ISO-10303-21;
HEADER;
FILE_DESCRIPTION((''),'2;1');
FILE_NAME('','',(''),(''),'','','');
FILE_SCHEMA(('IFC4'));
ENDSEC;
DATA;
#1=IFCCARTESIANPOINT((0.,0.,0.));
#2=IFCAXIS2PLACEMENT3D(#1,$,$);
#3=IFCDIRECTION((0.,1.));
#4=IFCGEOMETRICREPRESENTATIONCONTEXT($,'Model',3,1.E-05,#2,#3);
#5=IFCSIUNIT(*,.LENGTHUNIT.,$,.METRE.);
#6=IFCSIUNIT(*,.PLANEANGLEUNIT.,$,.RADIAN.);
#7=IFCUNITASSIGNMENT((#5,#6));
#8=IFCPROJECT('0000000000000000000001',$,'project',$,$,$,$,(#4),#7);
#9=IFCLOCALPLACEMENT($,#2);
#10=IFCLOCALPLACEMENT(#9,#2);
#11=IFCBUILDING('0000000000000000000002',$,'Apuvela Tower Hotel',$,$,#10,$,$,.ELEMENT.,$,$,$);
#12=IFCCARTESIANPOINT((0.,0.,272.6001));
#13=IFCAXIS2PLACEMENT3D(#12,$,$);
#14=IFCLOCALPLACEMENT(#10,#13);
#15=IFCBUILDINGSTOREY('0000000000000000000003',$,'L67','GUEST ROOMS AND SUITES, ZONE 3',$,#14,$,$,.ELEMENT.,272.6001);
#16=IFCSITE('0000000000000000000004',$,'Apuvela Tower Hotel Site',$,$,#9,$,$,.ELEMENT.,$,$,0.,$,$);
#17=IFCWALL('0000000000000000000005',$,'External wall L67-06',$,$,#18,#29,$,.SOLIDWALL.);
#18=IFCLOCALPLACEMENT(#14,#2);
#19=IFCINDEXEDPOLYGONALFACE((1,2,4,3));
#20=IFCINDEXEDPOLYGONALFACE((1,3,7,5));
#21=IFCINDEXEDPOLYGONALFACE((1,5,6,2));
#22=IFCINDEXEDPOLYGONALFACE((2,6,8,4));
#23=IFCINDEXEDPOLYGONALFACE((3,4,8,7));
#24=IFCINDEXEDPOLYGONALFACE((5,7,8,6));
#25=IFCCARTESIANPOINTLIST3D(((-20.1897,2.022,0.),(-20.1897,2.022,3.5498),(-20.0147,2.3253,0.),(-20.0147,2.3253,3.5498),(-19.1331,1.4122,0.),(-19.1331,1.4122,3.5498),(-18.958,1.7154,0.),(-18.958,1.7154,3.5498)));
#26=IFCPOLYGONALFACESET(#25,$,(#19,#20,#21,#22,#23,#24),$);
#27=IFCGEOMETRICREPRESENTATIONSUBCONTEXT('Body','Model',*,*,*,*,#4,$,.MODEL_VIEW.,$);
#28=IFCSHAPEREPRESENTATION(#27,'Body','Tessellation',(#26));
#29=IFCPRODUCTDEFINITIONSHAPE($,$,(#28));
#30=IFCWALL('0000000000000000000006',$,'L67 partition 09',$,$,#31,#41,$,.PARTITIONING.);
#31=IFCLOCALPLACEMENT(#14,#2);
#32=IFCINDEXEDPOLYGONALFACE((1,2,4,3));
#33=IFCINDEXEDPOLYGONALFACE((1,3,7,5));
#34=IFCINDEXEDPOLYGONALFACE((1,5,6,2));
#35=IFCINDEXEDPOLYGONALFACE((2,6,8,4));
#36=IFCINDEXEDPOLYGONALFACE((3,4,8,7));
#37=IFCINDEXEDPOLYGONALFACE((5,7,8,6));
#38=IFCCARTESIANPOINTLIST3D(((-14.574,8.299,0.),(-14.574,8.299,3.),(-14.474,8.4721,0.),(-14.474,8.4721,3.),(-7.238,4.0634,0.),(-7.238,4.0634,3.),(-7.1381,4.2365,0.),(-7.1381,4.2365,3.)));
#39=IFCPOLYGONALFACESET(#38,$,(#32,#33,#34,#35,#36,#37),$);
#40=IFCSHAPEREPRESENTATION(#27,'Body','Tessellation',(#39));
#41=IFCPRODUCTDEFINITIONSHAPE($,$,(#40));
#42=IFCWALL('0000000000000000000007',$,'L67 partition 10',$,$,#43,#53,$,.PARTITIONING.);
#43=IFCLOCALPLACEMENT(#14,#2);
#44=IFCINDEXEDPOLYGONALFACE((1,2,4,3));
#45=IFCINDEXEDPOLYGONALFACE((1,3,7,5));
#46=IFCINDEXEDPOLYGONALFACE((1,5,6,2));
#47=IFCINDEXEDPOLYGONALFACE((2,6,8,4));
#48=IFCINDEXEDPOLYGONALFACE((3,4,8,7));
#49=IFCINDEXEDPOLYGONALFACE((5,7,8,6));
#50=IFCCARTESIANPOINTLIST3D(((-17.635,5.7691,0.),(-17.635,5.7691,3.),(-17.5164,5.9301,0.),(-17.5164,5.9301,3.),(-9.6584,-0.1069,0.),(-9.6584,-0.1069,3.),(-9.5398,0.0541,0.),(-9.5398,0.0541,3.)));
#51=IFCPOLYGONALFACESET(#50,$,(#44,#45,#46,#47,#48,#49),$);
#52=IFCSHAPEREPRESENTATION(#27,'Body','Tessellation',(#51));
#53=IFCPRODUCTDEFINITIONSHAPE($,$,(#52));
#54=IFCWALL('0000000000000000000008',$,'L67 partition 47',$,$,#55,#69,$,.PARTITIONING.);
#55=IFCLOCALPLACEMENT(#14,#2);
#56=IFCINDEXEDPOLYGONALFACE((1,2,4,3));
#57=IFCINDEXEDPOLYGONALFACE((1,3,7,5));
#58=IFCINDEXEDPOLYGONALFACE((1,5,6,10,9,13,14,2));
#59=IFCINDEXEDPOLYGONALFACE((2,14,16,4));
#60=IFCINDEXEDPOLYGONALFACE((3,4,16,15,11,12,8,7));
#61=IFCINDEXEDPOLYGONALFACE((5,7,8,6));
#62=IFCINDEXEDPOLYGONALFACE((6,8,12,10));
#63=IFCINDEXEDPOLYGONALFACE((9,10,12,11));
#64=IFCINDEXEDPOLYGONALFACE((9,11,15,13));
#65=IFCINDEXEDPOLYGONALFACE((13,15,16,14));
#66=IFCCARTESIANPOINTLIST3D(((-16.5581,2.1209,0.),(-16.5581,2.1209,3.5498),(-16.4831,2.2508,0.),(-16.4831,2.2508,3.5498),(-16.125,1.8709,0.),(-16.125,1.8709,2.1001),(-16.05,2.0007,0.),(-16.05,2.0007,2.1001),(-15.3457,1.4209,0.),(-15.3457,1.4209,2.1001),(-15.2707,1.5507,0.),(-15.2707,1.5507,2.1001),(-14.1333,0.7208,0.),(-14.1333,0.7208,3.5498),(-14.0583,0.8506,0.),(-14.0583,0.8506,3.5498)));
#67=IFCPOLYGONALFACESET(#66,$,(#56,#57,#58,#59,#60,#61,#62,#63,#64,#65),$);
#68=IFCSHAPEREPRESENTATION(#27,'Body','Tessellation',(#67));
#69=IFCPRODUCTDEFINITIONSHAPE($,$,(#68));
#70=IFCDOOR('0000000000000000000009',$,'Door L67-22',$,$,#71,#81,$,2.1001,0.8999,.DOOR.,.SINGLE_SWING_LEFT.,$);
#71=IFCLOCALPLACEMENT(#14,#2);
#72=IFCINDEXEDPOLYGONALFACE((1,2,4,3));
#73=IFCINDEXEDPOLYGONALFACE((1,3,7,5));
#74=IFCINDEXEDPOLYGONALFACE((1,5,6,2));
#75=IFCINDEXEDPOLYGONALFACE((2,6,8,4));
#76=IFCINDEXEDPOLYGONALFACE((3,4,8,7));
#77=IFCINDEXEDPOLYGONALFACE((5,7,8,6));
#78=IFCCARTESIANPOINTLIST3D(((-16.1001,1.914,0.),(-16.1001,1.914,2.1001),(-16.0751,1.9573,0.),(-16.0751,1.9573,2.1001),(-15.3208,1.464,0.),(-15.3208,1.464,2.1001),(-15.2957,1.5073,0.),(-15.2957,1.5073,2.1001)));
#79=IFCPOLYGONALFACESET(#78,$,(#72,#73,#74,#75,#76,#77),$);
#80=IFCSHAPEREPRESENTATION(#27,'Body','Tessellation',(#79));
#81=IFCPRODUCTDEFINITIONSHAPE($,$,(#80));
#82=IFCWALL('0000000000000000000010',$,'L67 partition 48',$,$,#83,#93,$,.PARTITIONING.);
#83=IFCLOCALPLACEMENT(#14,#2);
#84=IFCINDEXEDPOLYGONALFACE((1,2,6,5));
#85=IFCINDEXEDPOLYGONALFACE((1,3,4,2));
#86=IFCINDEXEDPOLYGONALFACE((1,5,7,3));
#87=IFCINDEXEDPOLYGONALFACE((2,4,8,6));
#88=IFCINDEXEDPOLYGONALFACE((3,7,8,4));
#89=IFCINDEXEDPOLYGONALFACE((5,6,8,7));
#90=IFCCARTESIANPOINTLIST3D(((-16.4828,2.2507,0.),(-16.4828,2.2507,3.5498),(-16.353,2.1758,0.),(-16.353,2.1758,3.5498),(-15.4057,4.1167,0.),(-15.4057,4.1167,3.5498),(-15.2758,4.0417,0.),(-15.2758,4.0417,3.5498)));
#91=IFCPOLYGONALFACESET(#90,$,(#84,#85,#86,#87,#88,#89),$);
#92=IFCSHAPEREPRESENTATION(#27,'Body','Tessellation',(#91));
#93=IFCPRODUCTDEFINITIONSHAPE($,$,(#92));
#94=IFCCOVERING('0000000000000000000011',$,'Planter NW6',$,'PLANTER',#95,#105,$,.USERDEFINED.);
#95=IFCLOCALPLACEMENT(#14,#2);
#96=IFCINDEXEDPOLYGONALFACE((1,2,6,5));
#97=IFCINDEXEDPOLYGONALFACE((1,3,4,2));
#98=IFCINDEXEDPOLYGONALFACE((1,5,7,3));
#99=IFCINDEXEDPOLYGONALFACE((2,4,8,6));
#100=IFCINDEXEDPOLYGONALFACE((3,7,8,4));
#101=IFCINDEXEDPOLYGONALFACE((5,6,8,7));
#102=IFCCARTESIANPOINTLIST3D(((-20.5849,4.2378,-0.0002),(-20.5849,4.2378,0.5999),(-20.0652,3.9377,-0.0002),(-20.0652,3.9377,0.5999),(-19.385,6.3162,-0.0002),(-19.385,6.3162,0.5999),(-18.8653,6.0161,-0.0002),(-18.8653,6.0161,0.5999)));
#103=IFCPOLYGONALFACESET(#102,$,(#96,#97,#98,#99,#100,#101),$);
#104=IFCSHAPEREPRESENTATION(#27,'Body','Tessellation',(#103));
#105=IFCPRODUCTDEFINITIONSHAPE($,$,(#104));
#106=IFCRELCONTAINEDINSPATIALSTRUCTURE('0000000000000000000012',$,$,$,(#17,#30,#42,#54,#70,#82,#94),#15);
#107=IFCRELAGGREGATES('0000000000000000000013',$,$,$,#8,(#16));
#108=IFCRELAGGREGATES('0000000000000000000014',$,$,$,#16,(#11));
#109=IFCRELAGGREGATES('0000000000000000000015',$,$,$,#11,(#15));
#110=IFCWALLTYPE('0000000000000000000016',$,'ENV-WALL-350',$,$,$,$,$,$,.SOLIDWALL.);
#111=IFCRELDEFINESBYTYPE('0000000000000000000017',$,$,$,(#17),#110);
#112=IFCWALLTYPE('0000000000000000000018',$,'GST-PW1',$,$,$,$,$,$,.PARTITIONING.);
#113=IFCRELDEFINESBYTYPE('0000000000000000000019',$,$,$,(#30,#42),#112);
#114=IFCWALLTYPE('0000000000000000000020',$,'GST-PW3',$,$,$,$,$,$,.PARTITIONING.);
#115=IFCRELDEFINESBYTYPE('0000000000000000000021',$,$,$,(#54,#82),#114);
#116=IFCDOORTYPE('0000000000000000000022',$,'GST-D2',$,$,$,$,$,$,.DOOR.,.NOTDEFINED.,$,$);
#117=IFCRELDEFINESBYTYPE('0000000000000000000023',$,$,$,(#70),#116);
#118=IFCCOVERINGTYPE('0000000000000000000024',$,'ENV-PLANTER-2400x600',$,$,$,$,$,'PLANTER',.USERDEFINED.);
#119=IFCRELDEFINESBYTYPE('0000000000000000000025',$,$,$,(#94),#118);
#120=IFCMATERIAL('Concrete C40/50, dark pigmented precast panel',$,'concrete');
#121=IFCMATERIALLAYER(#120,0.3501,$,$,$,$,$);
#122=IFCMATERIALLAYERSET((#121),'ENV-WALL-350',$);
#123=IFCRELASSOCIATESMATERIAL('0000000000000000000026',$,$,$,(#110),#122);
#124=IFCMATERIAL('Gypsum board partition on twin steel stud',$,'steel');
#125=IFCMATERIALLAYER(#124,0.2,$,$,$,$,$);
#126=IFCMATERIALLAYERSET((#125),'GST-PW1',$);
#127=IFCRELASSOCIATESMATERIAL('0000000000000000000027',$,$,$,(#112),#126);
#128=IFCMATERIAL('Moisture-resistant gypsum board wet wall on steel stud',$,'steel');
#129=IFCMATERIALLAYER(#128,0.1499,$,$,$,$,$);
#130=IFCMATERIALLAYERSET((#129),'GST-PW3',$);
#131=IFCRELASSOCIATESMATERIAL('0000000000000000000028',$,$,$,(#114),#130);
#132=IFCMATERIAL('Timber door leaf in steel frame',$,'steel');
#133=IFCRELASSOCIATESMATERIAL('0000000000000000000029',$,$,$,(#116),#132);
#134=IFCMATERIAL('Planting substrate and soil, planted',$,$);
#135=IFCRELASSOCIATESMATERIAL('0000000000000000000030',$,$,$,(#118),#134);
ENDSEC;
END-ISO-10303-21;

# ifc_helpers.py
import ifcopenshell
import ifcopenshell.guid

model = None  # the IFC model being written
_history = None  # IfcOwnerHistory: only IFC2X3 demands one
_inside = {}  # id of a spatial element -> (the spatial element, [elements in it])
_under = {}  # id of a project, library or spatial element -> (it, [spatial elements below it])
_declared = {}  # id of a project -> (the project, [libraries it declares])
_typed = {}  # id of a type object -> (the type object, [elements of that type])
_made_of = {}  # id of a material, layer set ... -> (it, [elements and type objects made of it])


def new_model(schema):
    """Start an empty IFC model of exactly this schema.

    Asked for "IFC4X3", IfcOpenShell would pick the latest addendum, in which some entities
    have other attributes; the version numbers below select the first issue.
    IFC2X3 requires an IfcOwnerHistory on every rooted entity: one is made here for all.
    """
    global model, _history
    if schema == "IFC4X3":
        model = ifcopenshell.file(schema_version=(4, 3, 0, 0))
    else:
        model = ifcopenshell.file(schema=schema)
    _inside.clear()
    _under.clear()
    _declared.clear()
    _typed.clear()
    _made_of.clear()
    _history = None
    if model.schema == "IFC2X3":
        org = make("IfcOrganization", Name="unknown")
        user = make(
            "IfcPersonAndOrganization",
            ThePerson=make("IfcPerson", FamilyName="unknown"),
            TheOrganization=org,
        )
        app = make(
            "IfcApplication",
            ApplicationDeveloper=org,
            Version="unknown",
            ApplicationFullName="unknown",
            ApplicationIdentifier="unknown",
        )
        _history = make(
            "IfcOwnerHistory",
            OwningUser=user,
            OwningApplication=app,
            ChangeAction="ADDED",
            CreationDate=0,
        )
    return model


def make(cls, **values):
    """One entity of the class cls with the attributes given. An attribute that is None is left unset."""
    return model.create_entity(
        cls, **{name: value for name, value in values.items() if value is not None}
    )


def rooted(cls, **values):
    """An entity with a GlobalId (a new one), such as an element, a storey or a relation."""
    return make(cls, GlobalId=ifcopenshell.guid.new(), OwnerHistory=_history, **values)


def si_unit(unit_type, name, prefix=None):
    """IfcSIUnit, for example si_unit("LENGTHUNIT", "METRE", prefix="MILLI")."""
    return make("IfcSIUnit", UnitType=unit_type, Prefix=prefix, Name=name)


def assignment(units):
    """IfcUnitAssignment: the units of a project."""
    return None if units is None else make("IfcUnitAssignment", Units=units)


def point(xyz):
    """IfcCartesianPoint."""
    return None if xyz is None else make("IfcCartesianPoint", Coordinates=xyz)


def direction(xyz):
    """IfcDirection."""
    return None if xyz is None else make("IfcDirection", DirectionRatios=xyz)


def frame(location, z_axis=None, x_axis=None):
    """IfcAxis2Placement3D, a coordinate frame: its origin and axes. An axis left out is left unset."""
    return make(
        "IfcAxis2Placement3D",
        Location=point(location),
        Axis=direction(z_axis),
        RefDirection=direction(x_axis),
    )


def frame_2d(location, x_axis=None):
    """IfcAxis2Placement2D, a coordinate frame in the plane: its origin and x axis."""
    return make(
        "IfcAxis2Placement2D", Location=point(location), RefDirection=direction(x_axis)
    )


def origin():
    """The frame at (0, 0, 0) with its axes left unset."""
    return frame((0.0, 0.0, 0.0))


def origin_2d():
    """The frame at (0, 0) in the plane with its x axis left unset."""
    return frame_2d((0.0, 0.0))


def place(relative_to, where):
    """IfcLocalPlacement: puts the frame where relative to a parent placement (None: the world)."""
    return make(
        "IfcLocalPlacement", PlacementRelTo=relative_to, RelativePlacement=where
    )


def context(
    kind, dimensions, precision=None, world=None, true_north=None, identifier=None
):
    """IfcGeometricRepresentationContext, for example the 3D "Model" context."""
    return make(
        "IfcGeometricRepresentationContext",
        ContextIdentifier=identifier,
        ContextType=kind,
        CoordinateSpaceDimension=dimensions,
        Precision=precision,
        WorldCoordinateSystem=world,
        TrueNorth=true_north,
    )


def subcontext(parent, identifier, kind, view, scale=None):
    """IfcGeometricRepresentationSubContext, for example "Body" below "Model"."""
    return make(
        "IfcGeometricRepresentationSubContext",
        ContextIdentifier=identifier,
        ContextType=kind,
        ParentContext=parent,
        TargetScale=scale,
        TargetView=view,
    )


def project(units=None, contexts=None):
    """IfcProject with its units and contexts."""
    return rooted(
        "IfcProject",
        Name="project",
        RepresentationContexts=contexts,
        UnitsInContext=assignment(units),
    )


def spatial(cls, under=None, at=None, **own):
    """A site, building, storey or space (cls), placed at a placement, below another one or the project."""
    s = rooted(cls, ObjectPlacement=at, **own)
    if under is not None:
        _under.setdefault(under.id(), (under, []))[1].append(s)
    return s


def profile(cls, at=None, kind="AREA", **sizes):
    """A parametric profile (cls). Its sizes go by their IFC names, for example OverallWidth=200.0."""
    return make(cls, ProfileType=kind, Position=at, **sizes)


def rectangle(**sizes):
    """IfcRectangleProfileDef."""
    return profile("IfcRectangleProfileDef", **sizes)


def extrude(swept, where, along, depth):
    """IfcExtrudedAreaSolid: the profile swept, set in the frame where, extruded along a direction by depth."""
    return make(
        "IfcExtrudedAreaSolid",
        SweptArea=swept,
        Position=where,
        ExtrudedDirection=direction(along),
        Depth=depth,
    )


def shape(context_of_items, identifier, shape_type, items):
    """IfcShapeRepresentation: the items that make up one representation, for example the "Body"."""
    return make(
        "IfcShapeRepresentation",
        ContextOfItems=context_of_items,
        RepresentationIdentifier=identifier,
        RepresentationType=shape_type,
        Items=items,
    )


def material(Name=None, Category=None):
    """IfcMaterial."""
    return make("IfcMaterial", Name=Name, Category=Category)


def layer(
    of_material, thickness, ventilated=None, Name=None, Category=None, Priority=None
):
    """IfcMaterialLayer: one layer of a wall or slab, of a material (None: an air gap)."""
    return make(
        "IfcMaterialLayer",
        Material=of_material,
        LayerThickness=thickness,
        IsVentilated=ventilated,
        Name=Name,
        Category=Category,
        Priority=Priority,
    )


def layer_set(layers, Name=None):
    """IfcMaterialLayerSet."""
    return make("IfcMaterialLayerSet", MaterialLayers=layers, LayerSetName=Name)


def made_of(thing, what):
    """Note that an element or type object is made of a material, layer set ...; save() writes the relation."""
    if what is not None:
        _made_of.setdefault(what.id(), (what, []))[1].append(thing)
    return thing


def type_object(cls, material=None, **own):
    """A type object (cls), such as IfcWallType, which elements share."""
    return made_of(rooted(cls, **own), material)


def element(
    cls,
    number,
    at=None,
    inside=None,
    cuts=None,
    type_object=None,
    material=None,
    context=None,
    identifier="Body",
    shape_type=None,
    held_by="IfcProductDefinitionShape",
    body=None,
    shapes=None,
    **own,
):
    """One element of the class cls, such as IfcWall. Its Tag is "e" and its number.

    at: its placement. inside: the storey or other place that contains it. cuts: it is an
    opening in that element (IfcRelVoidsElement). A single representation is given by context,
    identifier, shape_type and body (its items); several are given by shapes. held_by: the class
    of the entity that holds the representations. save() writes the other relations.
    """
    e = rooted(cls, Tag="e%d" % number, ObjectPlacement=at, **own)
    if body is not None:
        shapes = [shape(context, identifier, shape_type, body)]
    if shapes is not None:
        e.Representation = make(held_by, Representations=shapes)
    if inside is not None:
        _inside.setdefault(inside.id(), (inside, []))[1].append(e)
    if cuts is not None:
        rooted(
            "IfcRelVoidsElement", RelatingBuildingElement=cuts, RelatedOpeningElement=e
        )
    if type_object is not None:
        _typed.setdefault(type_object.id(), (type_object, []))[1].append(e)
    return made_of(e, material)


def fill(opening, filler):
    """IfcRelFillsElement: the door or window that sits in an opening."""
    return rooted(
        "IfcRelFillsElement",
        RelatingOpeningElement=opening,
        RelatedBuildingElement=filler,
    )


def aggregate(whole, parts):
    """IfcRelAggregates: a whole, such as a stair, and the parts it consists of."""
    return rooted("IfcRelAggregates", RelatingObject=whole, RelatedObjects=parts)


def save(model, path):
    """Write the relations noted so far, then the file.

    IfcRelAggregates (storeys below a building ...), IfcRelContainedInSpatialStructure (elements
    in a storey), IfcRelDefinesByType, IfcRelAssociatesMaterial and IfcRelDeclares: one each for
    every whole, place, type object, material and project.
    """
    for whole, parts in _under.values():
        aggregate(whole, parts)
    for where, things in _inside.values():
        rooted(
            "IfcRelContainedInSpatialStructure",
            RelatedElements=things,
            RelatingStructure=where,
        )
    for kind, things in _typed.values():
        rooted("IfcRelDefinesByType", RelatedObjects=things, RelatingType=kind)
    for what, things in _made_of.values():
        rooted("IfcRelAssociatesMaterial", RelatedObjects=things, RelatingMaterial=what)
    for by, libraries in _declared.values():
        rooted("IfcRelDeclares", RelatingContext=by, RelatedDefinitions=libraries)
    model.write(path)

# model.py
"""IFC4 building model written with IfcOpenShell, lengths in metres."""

from ifc_helpers import new_model, si_unit, direction, frame, frame_2d, origin, origin_2d, place, context, subcontext, project, spatial, rectangle, extrude, material, layer, layer_set, type_object, element, fill, save


model = new_model("IFC4")

# Units and contexts
model_context = context("Model", 3, precision=1e-05, world=origin(), true_north=direction((0.0, 1.0)))
body_context = subcontext(model_context, "Body", "Model", "MODEL_VIEW")
ifc_project = project(units=[si_unit("LENGTHUNIT", "METRE"), si_unit("PLANEANGLEUNIT", "RADIAN")], contexts=[model_context])

# Site, building, storey
site_placement = place(None, origin())
site = spatial("IfcSite", under=ifc_project, at=site_placement, Name="Apuvela Tower Hotel Site", CompositionType="ELEMENT", RefElevation=0.0)
building_placement = place(site_placement, origin())
building = spatial("IfcBuilding", under=site, at=building_placement, Name="Apuvela Tower Hotel", CompositionType="ELEMENT")
storey_placement = place(building_placement, frame((0.0, 0.0, 272.6001)))
storey = spatial("IfcBuildingStorey", under=building, at=storey_placement, Name="L67", Description="GUEST ROOMS AND SUITES, ZONE 3", CompositionType="ELEMENT", Elevation=272.6001)

# Shared definitions
ifc_material_1 = material(Name="Concrete C40/50, dark pigmented precast panel", Category="concrete")
ifc_layer_1 = layer(ifc_material_1, 0.3501)
ifc_layer_set_1 = layer_set([ifc_layer_1], Name="ENV-WALL-350")
wall_type_1 = type_object("IfcWallType", Name="ENV-WALL-350", PredefinedType="SOLIDWALL", material=ifc_layer_set_1)

# Wall
wall_1_placement = place(storey_placement, frame((-20.1021, 2.1736, 0.0), z_axis=(0.0, 0.0, 1.0), x_axis=(0.866092, -0.499884, 0.0)))
element("IfcWall", 1, at=wall_1_placement, inside=storey, type_object=wall_type_1, Name="External wall L67-06", PredefinedType="SOLIDWALL", context=body_context, shape_type="SweptSolid", body=[
    extrude(rectangle(XDim=1.22, YDim=0.3501, at=frame_2d((0.6099, 0.0))), origin(), (0.0, 0.0, 1.0), 3.5498),
])

# Walls
ifc_material_2 = material(Name="Gypsum board partition on twin steel stud", Category="steel")
ifc_layer_2 = layer(ifc_material_2, 0.2)
ifc_layer_set_2 = layer_set([ifc_layer_2], Name="GST-PW1")
wall_type_2 = type_object("IfcWallType", Name="GST-PW1", PredefinedType="PARTITIONING", material=ifc_layer_set_2)
wall_2_placement = place(storey_placement, frame((-14.5239, 8.3855, 0.0), z_axis=(0.0, 0.0, 1.0), x_axis=(0.866016, -0.500017, 0.0)))
element("IfcWall", 2, at=wall_2_placement, inside=storey, type_object=wall_type_2, Name="L67 partition 09", PredefinedType="PARTITIONING", context=body_context, shape_type="SweptSolid", body=[
    extrude(rectangle(XDim=8.4709, YDim=0.2, at=frame_2d((4.2354, 0.0))), origin(), (0.0, 0.0, 1.0), 3.0),
])
wall_3_placement = place(storey_placement, frame((-17.5757, 5.8496, 0.0), z_axis=(0.0, 0.0, 1.0), x_axis=(0.805128, -0.593102, 0.0)))
element("IfcWall", 3, at=wall_3_placement, inside=storey, type_object=wall_type_2, Name="L67 partition 10", PredefinedType="PARTITIONING", context=body_context, shape_type="SweptSolid", body=[
    extrude(rectangle(XDim=9.9072, YDim=0.2, at=frame_2d((4.9536, 0.0))), origin(), (0.0, 0.0, 1.0), 3.0),
])

# Wall, opening, door
ifc_material_3 = material(Name="Moisture-resistant gypsum board wet wall on steel stud", Category="steel")
ifc_layer_3 = layer(ifc_material_3, 0.1499)
ifc_layer_set_3 = layer_set([ifc_layer_3], Name="GST-PW3")
wall_type_3 = type_object("IfcWallType", Name="GST-PW3", PredefinedType="PARTITIONING", material=ifc_layer_set_3)
wall_4_placement = place(storey_placement, frame((-16.5205, 2.1858, 0.0), z_axis=(0.0, 0.0, 1.0), x_axis=(0.865997, -0.50005, 0.0)))
wall_4 = element("IfcWall", 4, at=wall_4_placement, inside=storey, type_object=wall_type_3, Name="L67 partition 47", PredefinedType="PARTITIONING", context=body_context, shape_type="SweptSolid", body=[
    extrude(rectangle(XDim=2.8, YDim=0.1499, at=frame_2d((1.3999, 0.0))), origin(), (0.0, 0.0, 1.0), 3.5498),
])
opening_1_placement = place(wall_4_placement, frame((0.5, 0.0, 0.0)))
opening_1 = element("IfcOpeningElement", 5, at=opening_1_placement, cuts=wall_4, PredefinedType="OPENING", context=body_context, shape_type="SweptSolid", body=[
    extrude(rectangle(XDim=0.8999, YDim=2.1001, at=frame_2d((0.45, 1.05))), frame((0.0, 0.085, 0.0), z_axis=(0.0, -1.0, 0.0), x_axis=(1.0, 0.0, 0.0)), (0.0, 0.0, 1.0), 0.1699),
])
ifc_material_4 = material(Name="Timber door leaf in steel frame", Category="steel")
door_type_1 = type_object("IfcDoorType", Name="GST-D2", OperationType="NOTDEFINED", PredefinedType="DOOR", material=ifc_material_4)
door_1_placement = place(opening_1_placement, origin())
door_1 = element("IfcDoor", 6, at=door_1_placement, inside=storey, type_object=door_type_1, Name="Door L67-22", OperationType="SINGLE_SWING_LEFT", OverallHeight=2.1001, OverallWidth=0.8999, PredefinedType="DOOR", context=body_context, shape_type="SweptSolid", body=[
    extrude(rectangle(XDim=0.8999, YDim=2.1001, at=frame_2d((0.45, 1.05))), frame((0.0, 0.0249, 0.0), z_axis=(0.0, -1.0, 0.0), x_axis=(1.0, 0.0, 0.0)), (0.0, 0.0, 1.0), 0.05),
])
fill(opening_1, door_1)

# Wall
wall_5_placement = place(storey_placement, frame((-15.3408, 4.0791, 0.0), z_axis=(0.0, 0.0, 1.0), x_axis=(-0.499942, -0.866059, 0.0)))
element("IfcWall", 7, at=wall_5_placement, inside=storey, type_object=wall_type_3, Name="L67 partition 48", PredefinedType="PARTITIONING", context=body_context, shape_type="SweptSolid", body=[
    extrude(rectangle(XDim=2.1545, YDim=0.1499, at=frame_2d((1.0771, 0.0))), origin(), (0.0, 0.0, 1.0), 3.5498),
])

# Covering
ifc_material_5 = material(Name="Planting substrate and soil, planted")
covering_type = type_object("IfcCoveringType", Name="ENV-PLANTER-2400x600", ElementType="PLANTER", PredefinedType="USERDEFINED", material=ifc_material_5)
covering_placement = place(storey_placement, frame((-19.7251, 5.127, -0.0002), z_axis=(0.0, 0.0, 1.0), x_axis=(-0.5, -0.866025, 0.0)))
element("IfcCovering", 8, at=covering_placement, inside=storey, type_object=covering_type, Name="Planter NW6", ObjectType="PLANTER", PredefinedType="USERDEFINED", context=body_context, shape_type="SweptSolid", body=[
    extrude(rectangle(XDim=2.3999, YDim=0.6001, at=origin_2d()), origin(), (0.0, 0.0, 1.0), 0.6001),
])

save(model, "model.ifc")
